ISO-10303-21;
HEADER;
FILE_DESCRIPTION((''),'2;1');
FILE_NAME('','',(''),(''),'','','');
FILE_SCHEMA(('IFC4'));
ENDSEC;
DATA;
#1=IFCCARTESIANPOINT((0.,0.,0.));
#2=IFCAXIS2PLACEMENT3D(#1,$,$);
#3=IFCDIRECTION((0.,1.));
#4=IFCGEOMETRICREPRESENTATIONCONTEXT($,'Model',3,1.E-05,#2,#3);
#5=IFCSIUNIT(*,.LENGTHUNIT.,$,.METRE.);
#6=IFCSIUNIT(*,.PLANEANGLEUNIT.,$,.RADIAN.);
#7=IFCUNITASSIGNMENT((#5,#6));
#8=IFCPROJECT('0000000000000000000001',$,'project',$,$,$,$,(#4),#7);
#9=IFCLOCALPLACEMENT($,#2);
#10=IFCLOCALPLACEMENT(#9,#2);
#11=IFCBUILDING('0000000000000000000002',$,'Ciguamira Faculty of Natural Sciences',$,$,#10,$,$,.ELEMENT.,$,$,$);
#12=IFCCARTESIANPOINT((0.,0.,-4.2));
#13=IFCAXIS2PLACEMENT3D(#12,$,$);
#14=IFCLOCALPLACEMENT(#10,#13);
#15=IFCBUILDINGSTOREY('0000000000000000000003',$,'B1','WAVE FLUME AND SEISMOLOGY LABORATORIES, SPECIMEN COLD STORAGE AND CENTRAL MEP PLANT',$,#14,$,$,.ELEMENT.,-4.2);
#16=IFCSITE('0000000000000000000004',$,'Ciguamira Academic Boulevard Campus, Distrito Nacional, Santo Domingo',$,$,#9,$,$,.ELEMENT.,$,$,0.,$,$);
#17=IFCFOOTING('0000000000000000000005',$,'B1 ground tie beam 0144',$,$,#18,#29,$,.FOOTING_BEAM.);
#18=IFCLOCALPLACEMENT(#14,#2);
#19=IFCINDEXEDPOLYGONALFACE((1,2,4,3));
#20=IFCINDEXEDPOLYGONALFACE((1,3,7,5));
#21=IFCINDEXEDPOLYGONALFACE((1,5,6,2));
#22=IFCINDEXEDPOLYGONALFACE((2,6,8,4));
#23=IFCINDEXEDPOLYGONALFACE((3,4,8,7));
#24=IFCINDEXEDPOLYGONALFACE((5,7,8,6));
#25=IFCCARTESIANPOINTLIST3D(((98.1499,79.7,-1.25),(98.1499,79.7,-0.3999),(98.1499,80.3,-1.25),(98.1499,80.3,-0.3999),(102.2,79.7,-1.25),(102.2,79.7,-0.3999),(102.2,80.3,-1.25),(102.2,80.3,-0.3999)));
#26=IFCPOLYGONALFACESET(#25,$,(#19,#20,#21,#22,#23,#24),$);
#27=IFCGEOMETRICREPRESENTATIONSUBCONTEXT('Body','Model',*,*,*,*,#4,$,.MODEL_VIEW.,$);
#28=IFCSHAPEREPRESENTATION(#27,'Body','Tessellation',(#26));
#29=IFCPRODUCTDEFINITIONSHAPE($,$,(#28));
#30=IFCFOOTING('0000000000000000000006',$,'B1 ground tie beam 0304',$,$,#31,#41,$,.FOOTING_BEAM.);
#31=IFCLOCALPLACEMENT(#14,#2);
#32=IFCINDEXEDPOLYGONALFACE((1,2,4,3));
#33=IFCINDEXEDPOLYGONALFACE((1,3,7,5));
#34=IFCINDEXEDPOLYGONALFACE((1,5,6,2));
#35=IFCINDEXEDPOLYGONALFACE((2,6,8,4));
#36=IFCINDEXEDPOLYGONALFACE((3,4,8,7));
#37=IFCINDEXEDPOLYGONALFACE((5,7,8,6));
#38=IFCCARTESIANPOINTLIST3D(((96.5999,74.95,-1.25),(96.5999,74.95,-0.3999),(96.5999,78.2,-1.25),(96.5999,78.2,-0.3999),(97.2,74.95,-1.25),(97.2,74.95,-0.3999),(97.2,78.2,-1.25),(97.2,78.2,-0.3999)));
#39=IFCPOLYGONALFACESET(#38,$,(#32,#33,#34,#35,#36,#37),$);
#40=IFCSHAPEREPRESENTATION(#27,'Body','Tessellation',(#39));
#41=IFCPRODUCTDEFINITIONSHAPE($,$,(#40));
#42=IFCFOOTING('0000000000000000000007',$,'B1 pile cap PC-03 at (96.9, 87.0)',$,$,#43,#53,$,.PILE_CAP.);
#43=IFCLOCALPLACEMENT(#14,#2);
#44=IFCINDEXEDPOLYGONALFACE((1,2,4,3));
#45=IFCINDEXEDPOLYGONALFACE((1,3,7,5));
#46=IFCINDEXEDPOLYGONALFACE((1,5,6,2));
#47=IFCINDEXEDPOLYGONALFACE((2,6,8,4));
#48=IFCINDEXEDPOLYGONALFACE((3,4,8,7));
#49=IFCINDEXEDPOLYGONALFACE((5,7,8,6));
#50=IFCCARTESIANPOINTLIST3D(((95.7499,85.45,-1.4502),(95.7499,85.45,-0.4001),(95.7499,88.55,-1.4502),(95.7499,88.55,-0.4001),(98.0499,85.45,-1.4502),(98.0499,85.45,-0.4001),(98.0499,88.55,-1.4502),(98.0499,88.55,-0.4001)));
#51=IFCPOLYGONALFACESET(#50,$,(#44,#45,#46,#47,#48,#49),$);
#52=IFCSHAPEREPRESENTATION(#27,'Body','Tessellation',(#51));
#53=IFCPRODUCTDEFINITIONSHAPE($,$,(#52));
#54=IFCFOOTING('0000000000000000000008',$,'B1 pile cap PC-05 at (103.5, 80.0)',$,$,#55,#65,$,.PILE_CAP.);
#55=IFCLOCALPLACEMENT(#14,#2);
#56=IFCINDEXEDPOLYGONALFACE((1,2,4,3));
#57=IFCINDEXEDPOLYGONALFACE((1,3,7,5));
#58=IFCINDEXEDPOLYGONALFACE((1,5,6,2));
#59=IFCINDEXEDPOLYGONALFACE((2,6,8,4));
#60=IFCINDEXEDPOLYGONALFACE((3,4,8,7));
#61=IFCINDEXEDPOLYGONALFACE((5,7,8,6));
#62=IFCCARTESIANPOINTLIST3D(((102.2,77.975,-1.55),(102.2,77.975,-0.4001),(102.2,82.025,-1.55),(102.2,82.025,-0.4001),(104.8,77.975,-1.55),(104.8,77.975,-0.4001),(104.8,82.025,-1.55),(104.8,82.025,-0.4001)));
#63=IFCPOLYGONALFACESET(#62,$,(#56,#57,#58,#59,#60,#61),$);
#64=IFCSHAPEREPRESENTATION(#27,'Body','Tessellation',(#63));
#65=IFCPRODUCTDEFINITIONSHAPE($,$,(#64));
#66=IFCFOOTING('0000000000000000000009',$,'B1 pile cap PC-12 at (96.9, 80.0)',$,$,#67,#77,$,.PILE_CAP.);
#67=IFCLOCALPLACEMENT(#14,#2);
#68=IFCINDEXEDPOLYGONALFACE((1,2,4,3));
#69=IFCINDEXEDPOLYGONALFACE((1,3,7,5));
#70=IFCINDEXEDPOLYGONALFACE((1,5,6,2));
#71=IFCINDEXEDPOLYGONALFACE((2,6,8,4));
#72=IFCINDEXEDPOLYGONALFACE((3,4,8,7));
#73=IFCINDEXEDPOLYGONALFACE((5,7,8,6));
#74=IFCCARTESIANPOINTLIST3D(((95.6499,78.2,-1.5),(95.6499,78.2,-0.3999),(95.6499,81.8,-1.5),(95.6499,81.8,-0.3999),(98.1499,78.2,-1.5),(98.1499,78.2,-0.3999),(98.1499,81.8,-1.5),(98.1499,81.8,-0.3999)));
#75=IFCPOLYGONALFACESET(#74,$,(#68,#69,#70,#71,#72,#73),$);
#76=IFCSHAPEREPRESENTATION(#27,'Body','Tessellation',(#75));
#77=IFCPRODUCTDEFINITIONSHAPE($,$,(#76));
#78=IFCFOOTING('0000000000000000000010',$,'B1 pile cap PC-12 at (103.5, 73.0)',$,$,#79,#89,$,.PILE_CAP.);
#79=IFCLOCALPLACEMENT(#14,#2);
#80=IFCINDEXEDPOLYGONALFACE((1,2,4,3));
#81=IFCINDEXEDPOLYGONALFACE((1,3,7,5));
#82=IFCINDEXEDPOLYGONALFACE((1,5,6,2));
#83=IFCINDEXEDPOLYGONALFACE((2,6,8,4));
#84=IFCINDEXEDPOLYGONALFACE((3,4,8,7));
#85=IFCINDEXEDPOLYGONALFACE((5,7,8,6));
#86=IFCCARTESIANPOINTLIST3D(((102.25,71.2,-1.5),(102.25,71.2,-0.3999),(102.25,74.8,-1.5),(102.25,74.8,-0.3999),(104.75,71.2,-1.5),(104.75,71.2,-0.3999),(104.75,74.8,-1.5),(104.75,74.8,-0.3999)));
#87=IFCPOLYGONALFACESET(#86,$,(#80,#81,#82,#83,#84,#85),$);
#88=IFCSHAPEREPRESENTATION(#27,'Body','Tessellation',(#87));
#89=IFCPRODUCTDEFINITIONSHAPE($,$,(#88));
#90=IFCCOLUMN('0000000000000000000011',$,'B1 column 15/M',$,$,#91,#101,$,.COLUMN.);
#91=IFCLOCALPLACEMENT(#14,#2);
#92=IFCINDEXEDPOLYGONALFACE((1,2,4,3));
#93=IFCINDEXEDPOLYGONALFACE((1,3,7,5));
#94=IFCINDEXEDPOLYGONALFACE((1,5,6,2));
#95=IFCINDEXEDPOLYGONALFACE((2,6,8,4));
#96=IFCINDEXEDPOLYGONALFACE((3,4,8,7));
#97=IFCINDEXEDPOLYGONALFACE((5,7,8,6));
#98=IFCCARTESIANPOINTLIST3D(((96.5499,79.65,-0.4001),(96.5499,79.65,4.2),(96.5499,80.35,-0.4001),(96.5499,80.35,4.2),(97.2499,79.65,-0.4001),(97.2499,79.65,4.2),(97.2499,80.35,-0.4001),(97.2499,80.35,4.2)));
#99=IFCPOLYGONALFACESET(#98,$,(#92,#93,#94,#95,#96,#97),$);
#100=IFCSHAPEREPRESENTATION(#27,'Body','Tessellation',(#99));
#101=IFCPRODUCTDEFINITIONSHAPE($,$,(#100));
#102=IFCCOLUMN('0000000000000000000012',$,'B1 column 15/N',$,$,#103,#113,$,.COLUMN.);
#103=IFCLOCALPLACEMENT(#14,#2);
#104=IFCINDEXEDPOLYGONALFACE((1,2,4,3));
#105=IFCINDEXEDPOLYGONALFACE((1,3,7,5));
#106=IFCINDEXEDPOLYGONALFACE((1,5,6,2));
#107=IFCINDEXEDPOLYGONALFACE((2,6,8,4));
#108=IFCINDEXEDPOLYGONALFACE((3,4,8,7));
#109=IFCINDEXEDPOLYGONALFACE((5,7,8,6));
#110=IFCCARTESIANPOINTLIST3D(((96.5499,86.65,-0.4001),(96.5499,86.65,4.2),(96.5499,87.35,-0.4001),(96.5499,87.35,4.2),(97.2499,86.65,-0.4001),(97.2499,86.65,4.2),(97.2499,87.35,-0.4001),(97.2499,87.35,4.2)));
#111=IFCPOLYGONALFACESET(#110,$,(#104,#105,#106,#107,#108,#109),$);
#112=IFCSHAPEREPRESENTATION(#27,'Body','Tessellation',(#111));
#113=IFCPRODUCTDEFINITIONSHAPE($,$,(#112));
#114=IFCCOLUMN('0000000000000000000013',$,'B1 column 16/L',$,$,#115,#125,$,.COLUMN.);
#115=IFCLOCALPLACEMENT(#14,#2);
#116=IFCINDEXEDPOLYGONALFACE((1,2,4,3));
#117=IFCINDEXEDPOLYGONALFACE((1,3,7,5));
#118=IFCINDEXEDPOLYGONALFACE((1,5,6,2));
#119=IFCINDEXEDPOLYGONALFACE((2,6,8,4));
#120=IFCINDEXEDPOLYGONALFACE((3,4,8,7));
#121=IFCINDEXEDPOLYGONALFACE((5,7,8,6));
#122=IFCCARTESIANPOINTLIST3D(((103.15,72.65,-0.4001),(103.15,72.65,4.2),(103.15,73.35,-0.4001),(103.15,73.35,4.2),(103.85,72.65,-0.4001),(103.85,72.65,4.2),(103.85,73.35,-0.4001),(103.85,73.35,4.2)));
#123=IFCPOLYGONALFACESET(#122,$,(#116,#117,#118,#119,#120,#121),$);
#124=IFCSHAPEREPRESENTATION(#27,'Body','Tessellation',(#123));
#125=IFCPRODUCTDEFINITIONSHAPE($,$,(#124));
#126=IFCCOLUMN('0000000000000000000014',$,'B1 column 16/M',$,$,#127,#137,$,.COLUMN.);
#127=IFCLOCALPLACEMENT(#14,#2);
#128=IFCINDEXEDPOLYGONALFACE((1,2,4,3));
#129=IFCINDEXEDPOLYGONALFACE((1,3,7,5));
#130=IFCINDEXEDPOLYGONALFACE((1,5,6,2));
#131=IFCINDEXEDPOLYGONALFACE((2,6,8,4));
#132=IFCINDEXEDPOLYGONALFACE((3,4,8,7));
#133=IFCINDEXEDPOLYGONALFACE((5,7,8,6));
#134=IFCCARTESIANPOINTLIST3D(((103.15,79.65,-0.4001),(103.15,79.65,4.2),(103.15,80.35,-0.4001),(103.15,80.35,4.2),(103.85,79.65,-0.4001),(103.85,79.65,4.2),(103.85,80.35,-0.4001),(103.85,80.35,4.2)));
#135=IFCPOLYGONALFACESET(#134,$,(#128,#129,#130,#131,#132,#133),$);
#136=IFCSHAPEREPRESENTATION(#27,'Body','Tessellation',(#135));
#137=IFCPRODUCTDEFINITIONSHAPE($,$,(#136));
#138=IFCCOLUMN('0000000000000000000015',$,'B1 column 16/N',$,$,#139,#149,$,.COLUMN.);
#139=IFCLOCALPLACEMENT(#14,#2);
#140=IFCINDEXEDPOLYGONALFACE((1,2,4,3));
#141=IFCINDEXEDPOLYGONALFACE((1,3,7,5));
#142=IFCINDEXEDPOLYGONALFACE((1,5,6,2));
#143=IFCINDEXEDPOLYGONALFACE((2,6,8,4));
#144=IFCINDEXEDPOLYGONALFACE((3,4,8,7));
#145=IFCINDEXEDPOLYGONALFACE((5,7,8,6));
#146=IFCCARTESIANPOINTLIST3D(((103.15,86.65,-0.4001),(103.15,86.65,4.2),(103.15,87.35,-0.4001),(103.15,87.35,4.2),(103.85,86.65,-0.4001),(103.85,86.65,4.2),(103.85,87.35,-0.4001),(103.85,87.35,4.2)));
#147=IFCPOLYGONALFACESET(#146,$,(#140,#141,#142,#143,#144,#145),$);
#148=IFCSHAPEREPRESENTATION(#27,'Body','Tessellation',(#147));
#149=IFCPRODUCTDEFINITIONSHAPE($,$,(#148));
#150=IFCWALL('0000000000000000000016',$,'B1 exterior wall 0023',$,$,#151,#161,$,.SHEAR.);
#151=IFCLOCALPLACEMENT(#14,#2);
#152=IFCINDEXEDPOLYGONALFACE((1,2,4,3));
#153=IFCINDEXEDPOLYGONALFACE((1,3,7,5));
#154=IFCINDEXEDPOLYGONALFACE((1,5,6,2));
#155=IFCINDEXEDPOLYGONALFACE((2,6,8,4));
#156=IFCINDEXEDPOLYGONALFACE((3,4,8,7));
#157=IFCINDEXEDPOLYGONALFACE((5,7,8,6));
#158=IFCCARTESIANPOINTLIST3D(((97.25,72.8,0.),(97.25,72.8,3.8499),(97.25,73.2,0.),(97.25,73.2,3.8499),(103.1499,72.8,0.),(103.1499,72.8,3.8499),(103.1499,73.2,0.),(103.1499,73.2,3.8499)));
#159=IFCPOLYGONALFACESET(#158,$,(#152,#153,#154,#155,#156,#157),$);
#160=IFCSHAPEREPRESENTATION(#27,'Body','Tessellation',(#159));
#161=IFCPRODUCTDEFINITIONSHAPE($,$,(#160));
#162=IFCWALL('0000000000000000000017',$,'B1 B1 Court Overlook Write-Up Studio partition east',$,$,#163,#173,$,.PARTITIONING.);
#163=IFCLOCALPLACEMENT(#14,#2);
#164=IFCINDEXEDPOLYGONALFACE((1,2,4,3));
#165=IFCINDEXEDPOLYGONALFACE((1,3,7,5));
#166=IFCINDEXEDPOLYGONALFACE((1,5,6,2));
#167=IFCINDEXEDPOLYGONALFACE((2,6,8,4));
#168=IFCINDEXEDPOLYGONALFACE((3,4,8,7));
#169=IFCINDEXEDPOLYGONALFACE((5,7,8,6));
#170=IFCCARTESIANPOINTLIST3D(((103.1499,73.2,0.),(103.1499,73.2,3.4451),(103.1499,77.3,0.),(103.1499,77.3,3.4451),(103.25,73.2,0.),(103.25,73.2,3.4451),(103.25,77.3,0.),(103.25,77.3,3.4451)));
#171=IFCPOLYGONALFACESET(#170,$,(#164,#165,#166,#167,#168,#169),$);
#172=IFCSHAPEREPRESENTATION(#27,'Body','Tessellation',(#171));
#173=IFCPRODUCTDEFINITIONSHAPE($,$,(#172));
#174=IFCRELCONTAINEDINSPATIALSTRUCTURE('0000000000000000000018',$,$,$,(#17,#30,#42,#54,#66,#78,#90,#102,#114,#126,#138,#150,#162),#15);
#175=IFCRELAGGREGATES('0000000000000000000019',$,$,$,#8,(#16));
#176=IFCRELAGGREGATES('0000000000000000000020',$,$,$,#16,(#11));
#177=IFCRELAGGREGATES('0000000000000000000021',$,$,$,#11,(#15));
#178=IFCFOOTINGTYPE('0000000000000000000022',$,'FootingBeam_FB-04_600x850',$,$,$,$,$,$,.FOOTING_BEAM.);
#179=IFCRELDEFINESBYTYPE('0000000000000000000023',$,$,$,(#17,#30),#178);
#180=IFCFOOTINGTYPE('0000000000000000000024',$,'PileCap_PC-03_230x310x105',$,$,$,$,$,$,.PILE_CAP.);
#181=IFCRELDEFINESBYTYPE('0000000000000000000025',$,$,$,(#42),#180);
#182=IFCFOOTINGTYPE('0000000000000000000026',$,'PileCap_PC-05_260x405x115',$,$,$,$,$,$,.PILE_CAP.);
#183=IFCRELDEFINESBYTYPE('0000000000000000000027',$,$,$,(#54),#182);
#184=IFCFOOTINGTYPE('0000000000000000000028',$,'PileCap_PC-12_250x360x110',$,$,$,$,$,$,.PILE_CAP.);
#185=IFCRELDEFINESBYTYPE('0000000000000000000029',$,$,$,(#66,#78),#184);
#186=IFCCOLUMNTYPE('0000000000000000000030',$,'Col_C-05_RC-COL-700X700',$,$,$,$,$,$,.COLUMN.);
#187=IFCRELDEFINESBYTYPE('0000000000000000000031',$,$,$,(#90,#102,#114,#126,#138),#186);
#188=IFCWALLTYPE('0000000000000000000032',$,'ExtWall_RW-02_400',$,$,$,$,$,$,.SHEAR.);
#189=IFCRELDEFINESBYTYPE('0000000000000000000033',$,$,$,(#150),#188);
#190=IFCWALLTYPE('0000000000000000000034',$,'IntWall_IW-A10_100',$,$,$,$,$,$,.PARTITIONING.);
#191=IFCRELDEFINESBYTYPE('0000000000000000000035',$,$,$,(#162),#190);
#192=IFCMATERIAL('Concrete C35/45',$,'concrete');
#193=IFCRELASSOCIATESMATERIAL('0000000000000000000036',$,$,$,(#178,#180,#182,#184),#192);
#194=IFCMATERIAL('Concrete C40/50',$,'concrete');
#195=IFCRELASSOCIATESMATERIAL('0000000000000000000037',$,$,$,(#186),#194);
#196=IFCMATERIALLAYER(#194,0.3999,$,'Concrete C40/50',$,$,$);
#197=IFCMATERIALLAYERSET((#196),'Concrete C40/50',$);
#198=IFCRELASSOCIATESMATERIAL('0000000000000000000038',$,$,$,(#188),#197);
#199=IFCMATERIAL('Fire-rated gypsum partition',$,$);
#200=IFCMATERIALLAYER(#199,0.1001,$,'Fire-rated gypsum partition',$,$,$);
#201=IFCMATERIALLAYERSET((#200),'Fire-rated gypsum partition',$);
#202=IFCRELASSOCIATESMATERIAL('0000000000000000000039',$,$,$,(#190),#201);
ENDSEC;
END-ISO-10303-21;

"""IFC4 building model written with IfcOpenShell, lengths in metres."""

from ifc_helpers import new_model, si_unit, direction, frame, frame_2d, origin, origin_2d, place, context, subcontext, project, spatial, rectangle, extrude, material, layer, layer_set, material_profile, profile_set, type_object, element, save


model = new_model("IFC4")

# Units and contexts
model_context = context("Model", 3, precision=1e-05, world=origin(), true_north=direction((0.0, 1.0)))
body_context = subcontext(model_context, "Body", "Model", "MODEL_VIEW")
ifc_project = project(units=[si_unit("LENGTHUNIT", "METRE"), si_unit("PLANEANGLEUNIT", "RADIAN")], contexts=[model_context])

# Site, building, storey
site_placement = place(None, origin())
site = spatial("IfcSite", under=ifc_project, at=site_placement, Name="Ciguamira Academic Boulevard Campus, Distrito Nacional, Santo Domingo", CompositionType="ELEMENT", RefElevation=0.0)
building_placement = place(site_placement, origin())
building = spatial("IfcBuilding", under=site, at=building_placement, Name="Ciguamira Faculty of Natural Sciences", CompositionType="ELEMENT")
storey_placement = place(building_placement, frame((0.0, 0.0, -4.2)))
storey = spatial("IfcBuildingStorey", under=building, at=storey_placement, Name="B1", Description="WAVE FLUME AND SEISMOLOGY LABORATORIES, SPECIMEN COLD STORAGE AND CENTRAL MEP PLANT", CompositionType="ELEMENT", Elevation=-4.2)

# Shared definitions
ifc_material_1 = material(Name="Concrete C35/45", Category="concrete")

# Footings
ifc_material_profile_1 = material_profile(ifc_material_1, rectangle(XDim=0.6001, YDim=0.8501, at=origin_2d()), Name="RC-FB-600X850")
ifc_profile_set_1 = profile_set([ifc_material_profile_1], Name="Concrete C35/45")
footing_type_1 = type_object("IfcFootingType", Name="FootingBeam_FB-04_600x850", PredefinedType="FOOTING_BEAM", material=ifc_profile_set_1)
footing_1_placement = place(storey_placement, frame((98.1499, 80.0, -0.825), z_axis=(1.0, 0.0, 0.0), x_axis=(0.0, 1.0, 0.0)))
element("IfcFooting", 1, at=footing_1_placement, inside=storey, type_object=footing_type_1, Name="B1 ground tie beam 0144", PredefinedType="FOOTING_BEAM", context=body_context, shape_type="SweptSolid", body=[
    extrude(rectangle(XDim=0.6001, YDim=0.8501, at=origin_2d()), origin(), (0.0, 0.0, 1.0), 4.05),
])
footing_2_placement = place(storey_placement, frame((96.8999, 74.95, -0.825), z_axis=(0.0, 1.0, 0.0), x_axis=(-1.0, 0.0, 0.0)))
element("IfcFooting", 2, at=footing_2_placement, inside=storey, type_object=footing_type_1, Name="B1 ground tie beam 0304", PredefinedType="FOOTING_BEAM", context=body_context, shape_type="SweptSolid", body=[
    extrude(rectangle(XDim=0.6001, YDim=0.8501, at=origin_2d()), origin(), (0.0, 0.0, 1.0), 3.25),
])
footing_type_2 = type_object("IfcFootingType", Name="PileCap_PC-03_230x310x105", PredefinedType="PILE_CAP", material=ifc_material_1)
footing_3_placement = place(storey_placement, frame((96.8999, 87.0, -1.4502), z_axis=(0.0, 0.0, 1.0), x_axis=(1.0, 0.0, 0.0)))
element("IfcFooting", 3, at=footing_3_placement, inside=storey, type_object=footing_type_2, Name="B1 pile cap PC-03 at (96.9, 87.0)", PredefinedType="PILE_CAP", context=body_context, shape_type="SweptSolid", body=[
    extrude(rectangle(XDim=2.3, YDim=3.1001, at=origin_2d()), origin(), (0.0, 0.0, 1.0), 1.05),
])
footing_type_3 = type_object("IfcFootingType", Name="PileCap_PC-05_260x405x115", PredefinedType="PILE_CAP", material=ifc_material_1)
footing_4_placement = place(storey_placement, frame((103.5, 80.0, -1.55), z_axis=(0.0, 0.0, 1.0), x_axis=(1.0, 0.0, 0.0)))
element("IfcFooting", 4, at=footing_4_placement, inside=storey, type_object=footing_type_3, Name="B1 pile cap PC-05 at (103.5, 80.0)", PredefinedType="PILE_CAP", context=body_context, shape_type="SweptSolid", body=[
    extrude(rectangle(XDim=2.6001, YDim=4.05, at=origin_2d()), origin(), (0.0, 0.0, 1.0), 1.1499),
])
footing_type_4 = type_object("IfcFootingType", Name="PileCap_PC-12_250x360x110", PredefinedType="PILE_CAP", material=ifc_material_1)
for number, where, z_axis, x_axis, name in (
    (5, (96.8999, 80.0, -1.5), (0.0, 0.0, 1.0), (1.0, 0.0, 0.0), "B1 pile cap PC-12 at (96.9, 80.0)"),
    (6, (103.5, 73.0, -1.5), (0.0, 0.0, 1.0), (1.0, 0.0, 0.0), "B1 pile cap PC-12 at (103.5, 73.0)"),
):
    element("IfcFooting", number, at=place(storey_placement, frame(where, z_axis=z_axis, x_axis=x_axis)), inside=storey, type_object=footing_type_4, Name=name, PredefinedType="PILE_CAP", context=body_context, shape_type="SweptSolid", body=[
        extrude(rectangle(XDim=2.5, YDim=3.6001, at=origin_2d()), origin(), (0.0, 0.0, 1.0), 1.1001),
    ])

# Columns
ifc_material_2 = material(Name="Concrete C40/50", Category="concrete")
ifc_material_profile_2 = material_profile(ifc_material_2, rectangle(XDim=0.7, YDim=0.7, at=origin_2d()), Name="RC-COL-700X700")
ifc_profile_set_2 = profile_set([ifc_material_profile_2], Name="Concrete C40/50")
column_type = type_object("IfcColumnType", Name="Col_C-05_RC-COL-700X700", PredefinedType="COLUMN", material=ifc_profile_set_2)
for number, where, z_axis, x_axis, name in (
    (7, (96.8999, 80.0, -0.4001), (0.0, 0.0, 1.0), (1.0, 0.0, 0.0), "B1 column 15/M"),
    (8, (96.8999, 87.0, -0.4001), (0.0, 0.0, 1.0), (1.0, 0.0, 0.0), "B1 column 15/N"),
    (9, (103.5, 73.0, -0.4001), (0.0, 0.0, 1.0), (1.0, 0.0, 0.0), "B1 column 16/L"),
    (10, (103.5, 80.0, -0.4001), (0.0, 0.0, 1.0), (1.0, 0.0, 0.0), "B1 column 16/M"),
    (11, (103.5, 87.0, -0.4001), (0.0, 0.0, 1.0), (1.0, 0.0, 0.0), "B1 column 16/N"),
):
    element("IfcColumn", number, at=place(storey_placement, frame(where, z_axis=z_axis, x_axis=x_axis)), inside=storey, type_object=column_type, Name=name, PredefinedType="COLUMN", context=body_context, shape_type="SweptSolid", body=[
        extrude(rectangle(XDim=0.7, YDim=0.7, at=origin_2d()), origin(), (0.0, 0.0, 1.0), 4.6001),
    ])

# Walls
ifc_layer_1 = layer(ifc_material_2, 0.3999, Name="Concrete C40/50")
ifc_layer_set_1 = layer_set([ifc_layer_1], Name="Concrete C40/50")
wall_type_1 = type_object("IfcWallType", Name="ExtWall_RW-02_400", PredefinedType="SHEAR", material=ifc_layer_set_1)
wall_1_placement = place(storey_placement, frame((97.25, 73.0, 0.0), z_axis=(0.0, 0.0, 1.0), x_axis=(1.0, 0.0, 0.0)))
element("IfcWall", 12, at=wall_1_placement, inside=storey, type_object=wall_type_1, Name="B1 exterior wall 0023", PredefinedType="SHEAR", context=body_context, shape_type="SweptSolid", body=[
    extrude(rectangle(XDim=5.8999, YDim=0.3999, at=frame_2d((2.95, 0.0))), origin(), (0.0, 0.0, 1.0), 3.8499),
])
ifc_material_3 = material(Name="Fire-rated gypsum partition")
ifc_layer_2 = layer(ifc_material_3, 0.1001, Name="Fire-rated gypsum partition")
ifc_layer_set_2 = layer_set([ifc_layer_2], Name="Fire-rated gypsum partition")
wall_type_2 = type_object("IfcWallType", Name="IntWall_IW-A10_100", PredefinedType="PARTITIONING", material=ifc_layer_set_2)
wall_2_placement = place(storey_placement, frame((103.2, 73.2, 0.0), z_axis=(0.0, 0.0, 1.0), x_axis=(0.0, 1.0, 0.0)))
element("IfcWall", 13, at=wall_2_placement, inside=storey, type_object=wall_type_2, Name="B1 B1 Court Overlook Write-Up Studio partition east", PredefinedType="PARTITIONING", context=body_context, shape_type="SweptSolid", body=[
    extrude(rectangle(XDim=4.1001, YDim=0.1001, at=frame_2d((2.05, 0.0))), origin(), (0.0, 0.0, 1.0), 3.4451),
])

save(model, "model.ifc")
